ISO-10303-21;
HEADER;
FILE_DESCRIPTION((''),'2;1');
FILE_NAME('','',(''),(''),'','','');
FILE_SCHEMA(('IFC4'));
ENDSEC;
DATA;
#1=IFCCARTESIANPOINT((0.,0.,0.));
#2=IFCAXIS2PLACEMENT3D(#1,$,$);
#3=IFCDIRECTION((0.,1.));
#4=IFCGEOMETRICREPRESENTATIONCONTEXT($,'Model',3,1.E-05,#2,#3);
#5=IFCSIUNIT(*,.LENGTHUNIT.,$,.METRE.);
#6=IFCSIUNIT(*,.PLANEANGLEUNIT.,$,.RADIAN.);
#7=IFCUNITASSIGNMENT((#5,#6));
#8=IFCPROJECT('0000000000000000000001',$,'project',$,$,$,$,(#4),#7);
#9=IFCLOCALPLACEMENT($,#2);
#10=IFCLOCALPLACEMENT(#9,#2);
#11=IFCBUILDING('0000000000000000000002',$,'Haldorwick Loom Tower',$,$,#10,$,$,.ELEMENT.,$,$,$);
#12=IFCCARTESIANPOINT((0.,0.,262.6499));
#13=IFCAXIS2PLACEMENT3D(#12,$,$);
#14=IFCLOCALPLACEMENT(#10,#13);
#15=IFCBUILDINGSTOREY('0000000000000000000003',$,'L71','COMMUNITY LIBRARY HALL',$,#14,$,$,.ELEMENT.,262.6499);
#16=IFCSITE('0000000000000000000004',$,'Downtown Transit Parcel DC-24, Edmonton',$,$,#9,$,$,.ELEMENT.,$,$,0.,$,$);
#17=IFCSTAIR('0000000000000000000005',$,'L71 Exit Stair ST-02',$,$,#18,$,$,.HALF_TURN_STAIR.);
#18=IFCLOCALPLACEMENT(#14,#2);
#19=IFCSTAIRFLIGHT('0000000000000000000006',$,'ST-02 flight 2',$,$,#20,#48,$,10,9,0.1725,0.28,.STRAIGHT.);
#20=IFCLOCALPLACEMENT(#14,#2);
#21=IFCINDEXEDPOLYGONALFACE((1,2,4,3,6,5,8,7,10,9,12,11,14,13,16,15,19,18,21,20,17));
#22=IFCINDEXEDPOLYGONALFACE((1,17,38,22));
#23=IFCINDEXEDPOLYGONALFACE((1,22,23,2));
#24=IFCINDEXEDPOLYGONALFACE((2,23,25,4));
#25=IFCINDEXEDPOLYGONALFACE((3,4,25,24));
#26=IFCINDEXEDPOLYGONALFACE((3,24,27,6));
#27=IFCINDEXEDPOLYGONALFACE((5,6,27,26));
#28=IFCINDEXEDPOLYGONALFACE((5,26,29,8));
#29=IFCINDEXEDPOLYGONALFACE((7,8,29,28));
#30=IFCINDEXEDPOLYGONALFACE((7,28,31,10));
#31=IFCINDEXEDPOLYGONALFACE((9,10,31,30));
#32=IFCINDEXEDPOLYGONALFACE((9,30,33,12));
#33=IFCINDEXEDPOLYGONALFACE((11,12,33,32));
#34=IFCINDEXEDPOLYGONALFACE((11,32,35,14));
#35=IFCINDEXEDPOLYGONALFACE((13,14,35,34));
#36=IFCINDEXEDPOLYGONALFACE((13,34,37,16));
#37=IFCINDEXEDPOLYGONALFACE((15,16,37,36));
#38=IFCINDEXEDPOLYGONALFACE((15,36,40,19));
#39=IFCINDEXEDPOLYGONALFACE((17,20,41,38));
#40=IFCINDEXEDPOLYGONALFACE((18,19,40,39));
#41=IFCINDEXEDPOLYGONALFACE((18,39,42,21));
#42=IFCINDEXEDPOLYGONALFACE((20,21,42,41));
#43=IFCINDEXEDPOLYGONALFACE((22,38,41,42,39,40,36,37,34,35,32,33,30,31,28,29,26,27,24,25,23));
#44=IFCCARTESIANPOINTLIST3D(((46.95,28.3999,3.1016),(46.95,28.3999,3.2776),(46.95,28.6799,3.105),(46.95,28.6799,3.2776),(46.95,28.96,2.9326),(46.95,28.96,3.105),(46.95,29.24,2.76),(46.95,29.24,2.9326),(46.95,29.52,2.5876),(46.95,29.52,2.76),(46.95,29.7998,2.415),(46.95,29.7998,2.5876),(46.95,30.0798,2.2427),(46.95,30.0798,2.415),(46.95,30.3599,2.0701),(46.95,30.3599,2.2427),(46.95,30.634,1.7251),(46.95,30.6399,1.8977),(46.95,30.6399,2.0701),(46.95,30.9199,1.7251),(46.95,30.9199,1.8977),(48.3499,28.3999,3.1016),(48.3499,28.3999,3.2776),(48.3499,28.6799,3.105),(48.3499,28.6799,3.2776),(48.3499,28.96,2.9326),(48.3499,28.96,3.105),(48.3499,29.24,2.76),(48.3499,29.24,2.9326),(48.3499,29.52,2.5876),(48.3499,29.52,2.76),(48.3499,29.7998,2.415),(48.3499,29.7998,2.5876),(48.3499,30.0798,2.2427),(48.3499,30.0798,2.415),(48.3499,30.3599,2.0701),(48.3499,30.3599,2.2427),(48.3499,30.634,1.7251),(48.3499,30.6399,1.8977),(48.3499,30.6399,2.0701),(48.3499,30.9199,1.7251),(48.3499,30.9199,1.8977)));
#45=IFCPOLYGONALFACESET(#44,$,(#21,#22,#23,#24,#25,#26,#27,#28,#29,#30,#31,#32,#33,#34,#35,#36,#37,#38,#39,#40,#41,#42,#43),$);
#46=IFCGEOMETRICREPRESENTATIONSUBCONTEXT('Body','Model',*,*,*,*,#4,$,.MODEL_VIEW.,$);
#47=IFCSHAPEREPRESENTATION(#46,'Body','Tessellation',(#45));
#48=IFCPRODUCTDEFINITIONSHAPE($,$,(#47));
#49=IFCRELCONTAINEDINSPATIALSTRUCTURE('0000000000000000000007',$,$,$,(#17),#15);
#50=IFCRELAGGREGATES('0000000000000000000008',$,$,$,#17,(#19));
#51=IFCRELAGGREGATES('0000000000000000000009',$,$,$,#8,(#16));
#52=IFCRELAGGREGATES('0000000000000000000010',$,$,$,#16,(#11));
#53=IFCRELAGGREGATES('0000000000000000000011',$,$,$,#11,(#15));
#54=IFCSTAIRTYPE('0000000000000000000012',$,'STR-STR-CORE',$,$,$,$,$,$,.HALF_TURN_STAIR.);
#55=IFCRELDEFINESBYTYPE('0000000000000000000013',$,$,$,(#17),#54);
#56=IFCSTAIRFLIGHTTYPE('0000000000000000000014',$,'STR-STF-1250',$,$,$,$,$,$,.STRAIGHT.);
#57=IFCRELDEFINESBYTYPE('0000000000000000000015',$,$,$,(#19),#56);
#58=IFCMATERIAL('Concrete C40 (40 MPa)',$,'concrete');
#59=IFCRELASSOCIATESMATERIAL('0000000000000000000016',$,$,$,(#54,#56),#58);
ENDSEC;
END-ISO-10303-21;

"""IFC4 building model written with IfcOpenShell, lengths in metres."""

from ifc_helpers import new_model, si_unit, direction, frame, origin, place, context, subcontext, project, spatial, polyline, outline, extrude, material, type_object, element, aggregate, save


model = new_model("IFC4")

# Units and contexts
model_context = context("Model", 3, precision=1e-05, world=origin(), true_north=direction((0.0, 1.0)))
body_context = subcontext(model_context, "Body", "Model", "MODEL_VIEW")
ifc_project = project(units=[si_unit("LENGTHUNIT", "METRE"), si_unit("PLANEANGLEUNIT", "RADIAN")], contexts=[model_context])

# Site, building, storey
site_placement = place(None, origin())
site = spatial("IfcSite", under=ifc_project, at=site_placement, Name="Downtown Transit Parcel DC-24, Edmonton", CompositionType="ELEMENT", RefElevation=0.0)
building_placement = place(site_placement, origin())
building = spatial("IfcBuilding", under=site, at=building_placement, Name="Haldorwick Loom Tower", CompositionType="ELEMENT")
storey_placement = place(building_placement, frame((0.0, 0.0, 262.6499)))
storey = spatial("IfcBuildingStorey", under=building, at=storey_placement, Name="L71", Description="COMMUNITY LIBRARY HALL", CompositionType="ELEMENT", Elevation=262.6499)

# Stair, stair flight
ifc_material_1 = material(Name="Concrete C40 (40 MPa)", Category="concrete")
stair_type = type_object("IfcStairType", Name="STR-STR-CORE", PredefinedType="HALF_TURN_STAIR", material=ifc_material_1)
stair_placement = place(storey_placement, origin())
stair = element("IfcStair", 1, at=stair_placement, inside=storey, type_object=stair_type, Name="L71 Exit Stair ST-02", PredefinedType="HALF_TURN_STAIR")
stair_flight_type = type_object("IfcStairFlightType", Name="STR-STF-1250", PredefinedType="STRAIGHT", material=ifc_material_1)
stair_flight_1_placement = place(storey_placement, frame((47.6499, 30.9199, 1.7251), z_axis=(0.0, 0.0, 1.0), x_axis=(0.0, -1.0, 0.0)))
stair_flight_1 = element("IfcStairFlight", 2, at=stair_flight_1_placement, type_object=stair_flight_type, Name="ST-02 flight 2", NumberOfRisers=10, NumberOfTreads=9, PredefinedType="STRAIGHT", RiserHeight=0.1725, TreadLength=0.28, context=body_context, shape_type="SweptSolid", body=[
    extrude(outline(polyline([(0.0, 0.0), (0.0, 0.1726), (0.28, 0.1726), (0.28, 0.345), (0.5601, 0.345), (0.5601, 0.5176), (0.8401, 0.5176), (0.8401, 0.6899), (1.1201, 0.6899), (1.1201, 0.8625), (1.3999, 0.8625), (1.3999, 1.0349), (1.6799, 1.0349), (1.6799, 1.2075), (1.96, 1.2075), (1.96, 1.3799), (2.24, 1.3799), (2.24, 1.5525), (2.52, 1.5525), (2.52, 1.7251), (2.52, 1.3765), (0.2859, 0.0), (0.0, 0.0)])), frame((0.0, 0.7, 0.0), z_axis=(0.0, -1.0, 0.0), x_axis=(1.0, 0.0, 0.0)), (0.0, 0.0, 1.0), 1.3999),
])
aggregate(stair, [stair_flight_1])

save(model, "model.ifc")
